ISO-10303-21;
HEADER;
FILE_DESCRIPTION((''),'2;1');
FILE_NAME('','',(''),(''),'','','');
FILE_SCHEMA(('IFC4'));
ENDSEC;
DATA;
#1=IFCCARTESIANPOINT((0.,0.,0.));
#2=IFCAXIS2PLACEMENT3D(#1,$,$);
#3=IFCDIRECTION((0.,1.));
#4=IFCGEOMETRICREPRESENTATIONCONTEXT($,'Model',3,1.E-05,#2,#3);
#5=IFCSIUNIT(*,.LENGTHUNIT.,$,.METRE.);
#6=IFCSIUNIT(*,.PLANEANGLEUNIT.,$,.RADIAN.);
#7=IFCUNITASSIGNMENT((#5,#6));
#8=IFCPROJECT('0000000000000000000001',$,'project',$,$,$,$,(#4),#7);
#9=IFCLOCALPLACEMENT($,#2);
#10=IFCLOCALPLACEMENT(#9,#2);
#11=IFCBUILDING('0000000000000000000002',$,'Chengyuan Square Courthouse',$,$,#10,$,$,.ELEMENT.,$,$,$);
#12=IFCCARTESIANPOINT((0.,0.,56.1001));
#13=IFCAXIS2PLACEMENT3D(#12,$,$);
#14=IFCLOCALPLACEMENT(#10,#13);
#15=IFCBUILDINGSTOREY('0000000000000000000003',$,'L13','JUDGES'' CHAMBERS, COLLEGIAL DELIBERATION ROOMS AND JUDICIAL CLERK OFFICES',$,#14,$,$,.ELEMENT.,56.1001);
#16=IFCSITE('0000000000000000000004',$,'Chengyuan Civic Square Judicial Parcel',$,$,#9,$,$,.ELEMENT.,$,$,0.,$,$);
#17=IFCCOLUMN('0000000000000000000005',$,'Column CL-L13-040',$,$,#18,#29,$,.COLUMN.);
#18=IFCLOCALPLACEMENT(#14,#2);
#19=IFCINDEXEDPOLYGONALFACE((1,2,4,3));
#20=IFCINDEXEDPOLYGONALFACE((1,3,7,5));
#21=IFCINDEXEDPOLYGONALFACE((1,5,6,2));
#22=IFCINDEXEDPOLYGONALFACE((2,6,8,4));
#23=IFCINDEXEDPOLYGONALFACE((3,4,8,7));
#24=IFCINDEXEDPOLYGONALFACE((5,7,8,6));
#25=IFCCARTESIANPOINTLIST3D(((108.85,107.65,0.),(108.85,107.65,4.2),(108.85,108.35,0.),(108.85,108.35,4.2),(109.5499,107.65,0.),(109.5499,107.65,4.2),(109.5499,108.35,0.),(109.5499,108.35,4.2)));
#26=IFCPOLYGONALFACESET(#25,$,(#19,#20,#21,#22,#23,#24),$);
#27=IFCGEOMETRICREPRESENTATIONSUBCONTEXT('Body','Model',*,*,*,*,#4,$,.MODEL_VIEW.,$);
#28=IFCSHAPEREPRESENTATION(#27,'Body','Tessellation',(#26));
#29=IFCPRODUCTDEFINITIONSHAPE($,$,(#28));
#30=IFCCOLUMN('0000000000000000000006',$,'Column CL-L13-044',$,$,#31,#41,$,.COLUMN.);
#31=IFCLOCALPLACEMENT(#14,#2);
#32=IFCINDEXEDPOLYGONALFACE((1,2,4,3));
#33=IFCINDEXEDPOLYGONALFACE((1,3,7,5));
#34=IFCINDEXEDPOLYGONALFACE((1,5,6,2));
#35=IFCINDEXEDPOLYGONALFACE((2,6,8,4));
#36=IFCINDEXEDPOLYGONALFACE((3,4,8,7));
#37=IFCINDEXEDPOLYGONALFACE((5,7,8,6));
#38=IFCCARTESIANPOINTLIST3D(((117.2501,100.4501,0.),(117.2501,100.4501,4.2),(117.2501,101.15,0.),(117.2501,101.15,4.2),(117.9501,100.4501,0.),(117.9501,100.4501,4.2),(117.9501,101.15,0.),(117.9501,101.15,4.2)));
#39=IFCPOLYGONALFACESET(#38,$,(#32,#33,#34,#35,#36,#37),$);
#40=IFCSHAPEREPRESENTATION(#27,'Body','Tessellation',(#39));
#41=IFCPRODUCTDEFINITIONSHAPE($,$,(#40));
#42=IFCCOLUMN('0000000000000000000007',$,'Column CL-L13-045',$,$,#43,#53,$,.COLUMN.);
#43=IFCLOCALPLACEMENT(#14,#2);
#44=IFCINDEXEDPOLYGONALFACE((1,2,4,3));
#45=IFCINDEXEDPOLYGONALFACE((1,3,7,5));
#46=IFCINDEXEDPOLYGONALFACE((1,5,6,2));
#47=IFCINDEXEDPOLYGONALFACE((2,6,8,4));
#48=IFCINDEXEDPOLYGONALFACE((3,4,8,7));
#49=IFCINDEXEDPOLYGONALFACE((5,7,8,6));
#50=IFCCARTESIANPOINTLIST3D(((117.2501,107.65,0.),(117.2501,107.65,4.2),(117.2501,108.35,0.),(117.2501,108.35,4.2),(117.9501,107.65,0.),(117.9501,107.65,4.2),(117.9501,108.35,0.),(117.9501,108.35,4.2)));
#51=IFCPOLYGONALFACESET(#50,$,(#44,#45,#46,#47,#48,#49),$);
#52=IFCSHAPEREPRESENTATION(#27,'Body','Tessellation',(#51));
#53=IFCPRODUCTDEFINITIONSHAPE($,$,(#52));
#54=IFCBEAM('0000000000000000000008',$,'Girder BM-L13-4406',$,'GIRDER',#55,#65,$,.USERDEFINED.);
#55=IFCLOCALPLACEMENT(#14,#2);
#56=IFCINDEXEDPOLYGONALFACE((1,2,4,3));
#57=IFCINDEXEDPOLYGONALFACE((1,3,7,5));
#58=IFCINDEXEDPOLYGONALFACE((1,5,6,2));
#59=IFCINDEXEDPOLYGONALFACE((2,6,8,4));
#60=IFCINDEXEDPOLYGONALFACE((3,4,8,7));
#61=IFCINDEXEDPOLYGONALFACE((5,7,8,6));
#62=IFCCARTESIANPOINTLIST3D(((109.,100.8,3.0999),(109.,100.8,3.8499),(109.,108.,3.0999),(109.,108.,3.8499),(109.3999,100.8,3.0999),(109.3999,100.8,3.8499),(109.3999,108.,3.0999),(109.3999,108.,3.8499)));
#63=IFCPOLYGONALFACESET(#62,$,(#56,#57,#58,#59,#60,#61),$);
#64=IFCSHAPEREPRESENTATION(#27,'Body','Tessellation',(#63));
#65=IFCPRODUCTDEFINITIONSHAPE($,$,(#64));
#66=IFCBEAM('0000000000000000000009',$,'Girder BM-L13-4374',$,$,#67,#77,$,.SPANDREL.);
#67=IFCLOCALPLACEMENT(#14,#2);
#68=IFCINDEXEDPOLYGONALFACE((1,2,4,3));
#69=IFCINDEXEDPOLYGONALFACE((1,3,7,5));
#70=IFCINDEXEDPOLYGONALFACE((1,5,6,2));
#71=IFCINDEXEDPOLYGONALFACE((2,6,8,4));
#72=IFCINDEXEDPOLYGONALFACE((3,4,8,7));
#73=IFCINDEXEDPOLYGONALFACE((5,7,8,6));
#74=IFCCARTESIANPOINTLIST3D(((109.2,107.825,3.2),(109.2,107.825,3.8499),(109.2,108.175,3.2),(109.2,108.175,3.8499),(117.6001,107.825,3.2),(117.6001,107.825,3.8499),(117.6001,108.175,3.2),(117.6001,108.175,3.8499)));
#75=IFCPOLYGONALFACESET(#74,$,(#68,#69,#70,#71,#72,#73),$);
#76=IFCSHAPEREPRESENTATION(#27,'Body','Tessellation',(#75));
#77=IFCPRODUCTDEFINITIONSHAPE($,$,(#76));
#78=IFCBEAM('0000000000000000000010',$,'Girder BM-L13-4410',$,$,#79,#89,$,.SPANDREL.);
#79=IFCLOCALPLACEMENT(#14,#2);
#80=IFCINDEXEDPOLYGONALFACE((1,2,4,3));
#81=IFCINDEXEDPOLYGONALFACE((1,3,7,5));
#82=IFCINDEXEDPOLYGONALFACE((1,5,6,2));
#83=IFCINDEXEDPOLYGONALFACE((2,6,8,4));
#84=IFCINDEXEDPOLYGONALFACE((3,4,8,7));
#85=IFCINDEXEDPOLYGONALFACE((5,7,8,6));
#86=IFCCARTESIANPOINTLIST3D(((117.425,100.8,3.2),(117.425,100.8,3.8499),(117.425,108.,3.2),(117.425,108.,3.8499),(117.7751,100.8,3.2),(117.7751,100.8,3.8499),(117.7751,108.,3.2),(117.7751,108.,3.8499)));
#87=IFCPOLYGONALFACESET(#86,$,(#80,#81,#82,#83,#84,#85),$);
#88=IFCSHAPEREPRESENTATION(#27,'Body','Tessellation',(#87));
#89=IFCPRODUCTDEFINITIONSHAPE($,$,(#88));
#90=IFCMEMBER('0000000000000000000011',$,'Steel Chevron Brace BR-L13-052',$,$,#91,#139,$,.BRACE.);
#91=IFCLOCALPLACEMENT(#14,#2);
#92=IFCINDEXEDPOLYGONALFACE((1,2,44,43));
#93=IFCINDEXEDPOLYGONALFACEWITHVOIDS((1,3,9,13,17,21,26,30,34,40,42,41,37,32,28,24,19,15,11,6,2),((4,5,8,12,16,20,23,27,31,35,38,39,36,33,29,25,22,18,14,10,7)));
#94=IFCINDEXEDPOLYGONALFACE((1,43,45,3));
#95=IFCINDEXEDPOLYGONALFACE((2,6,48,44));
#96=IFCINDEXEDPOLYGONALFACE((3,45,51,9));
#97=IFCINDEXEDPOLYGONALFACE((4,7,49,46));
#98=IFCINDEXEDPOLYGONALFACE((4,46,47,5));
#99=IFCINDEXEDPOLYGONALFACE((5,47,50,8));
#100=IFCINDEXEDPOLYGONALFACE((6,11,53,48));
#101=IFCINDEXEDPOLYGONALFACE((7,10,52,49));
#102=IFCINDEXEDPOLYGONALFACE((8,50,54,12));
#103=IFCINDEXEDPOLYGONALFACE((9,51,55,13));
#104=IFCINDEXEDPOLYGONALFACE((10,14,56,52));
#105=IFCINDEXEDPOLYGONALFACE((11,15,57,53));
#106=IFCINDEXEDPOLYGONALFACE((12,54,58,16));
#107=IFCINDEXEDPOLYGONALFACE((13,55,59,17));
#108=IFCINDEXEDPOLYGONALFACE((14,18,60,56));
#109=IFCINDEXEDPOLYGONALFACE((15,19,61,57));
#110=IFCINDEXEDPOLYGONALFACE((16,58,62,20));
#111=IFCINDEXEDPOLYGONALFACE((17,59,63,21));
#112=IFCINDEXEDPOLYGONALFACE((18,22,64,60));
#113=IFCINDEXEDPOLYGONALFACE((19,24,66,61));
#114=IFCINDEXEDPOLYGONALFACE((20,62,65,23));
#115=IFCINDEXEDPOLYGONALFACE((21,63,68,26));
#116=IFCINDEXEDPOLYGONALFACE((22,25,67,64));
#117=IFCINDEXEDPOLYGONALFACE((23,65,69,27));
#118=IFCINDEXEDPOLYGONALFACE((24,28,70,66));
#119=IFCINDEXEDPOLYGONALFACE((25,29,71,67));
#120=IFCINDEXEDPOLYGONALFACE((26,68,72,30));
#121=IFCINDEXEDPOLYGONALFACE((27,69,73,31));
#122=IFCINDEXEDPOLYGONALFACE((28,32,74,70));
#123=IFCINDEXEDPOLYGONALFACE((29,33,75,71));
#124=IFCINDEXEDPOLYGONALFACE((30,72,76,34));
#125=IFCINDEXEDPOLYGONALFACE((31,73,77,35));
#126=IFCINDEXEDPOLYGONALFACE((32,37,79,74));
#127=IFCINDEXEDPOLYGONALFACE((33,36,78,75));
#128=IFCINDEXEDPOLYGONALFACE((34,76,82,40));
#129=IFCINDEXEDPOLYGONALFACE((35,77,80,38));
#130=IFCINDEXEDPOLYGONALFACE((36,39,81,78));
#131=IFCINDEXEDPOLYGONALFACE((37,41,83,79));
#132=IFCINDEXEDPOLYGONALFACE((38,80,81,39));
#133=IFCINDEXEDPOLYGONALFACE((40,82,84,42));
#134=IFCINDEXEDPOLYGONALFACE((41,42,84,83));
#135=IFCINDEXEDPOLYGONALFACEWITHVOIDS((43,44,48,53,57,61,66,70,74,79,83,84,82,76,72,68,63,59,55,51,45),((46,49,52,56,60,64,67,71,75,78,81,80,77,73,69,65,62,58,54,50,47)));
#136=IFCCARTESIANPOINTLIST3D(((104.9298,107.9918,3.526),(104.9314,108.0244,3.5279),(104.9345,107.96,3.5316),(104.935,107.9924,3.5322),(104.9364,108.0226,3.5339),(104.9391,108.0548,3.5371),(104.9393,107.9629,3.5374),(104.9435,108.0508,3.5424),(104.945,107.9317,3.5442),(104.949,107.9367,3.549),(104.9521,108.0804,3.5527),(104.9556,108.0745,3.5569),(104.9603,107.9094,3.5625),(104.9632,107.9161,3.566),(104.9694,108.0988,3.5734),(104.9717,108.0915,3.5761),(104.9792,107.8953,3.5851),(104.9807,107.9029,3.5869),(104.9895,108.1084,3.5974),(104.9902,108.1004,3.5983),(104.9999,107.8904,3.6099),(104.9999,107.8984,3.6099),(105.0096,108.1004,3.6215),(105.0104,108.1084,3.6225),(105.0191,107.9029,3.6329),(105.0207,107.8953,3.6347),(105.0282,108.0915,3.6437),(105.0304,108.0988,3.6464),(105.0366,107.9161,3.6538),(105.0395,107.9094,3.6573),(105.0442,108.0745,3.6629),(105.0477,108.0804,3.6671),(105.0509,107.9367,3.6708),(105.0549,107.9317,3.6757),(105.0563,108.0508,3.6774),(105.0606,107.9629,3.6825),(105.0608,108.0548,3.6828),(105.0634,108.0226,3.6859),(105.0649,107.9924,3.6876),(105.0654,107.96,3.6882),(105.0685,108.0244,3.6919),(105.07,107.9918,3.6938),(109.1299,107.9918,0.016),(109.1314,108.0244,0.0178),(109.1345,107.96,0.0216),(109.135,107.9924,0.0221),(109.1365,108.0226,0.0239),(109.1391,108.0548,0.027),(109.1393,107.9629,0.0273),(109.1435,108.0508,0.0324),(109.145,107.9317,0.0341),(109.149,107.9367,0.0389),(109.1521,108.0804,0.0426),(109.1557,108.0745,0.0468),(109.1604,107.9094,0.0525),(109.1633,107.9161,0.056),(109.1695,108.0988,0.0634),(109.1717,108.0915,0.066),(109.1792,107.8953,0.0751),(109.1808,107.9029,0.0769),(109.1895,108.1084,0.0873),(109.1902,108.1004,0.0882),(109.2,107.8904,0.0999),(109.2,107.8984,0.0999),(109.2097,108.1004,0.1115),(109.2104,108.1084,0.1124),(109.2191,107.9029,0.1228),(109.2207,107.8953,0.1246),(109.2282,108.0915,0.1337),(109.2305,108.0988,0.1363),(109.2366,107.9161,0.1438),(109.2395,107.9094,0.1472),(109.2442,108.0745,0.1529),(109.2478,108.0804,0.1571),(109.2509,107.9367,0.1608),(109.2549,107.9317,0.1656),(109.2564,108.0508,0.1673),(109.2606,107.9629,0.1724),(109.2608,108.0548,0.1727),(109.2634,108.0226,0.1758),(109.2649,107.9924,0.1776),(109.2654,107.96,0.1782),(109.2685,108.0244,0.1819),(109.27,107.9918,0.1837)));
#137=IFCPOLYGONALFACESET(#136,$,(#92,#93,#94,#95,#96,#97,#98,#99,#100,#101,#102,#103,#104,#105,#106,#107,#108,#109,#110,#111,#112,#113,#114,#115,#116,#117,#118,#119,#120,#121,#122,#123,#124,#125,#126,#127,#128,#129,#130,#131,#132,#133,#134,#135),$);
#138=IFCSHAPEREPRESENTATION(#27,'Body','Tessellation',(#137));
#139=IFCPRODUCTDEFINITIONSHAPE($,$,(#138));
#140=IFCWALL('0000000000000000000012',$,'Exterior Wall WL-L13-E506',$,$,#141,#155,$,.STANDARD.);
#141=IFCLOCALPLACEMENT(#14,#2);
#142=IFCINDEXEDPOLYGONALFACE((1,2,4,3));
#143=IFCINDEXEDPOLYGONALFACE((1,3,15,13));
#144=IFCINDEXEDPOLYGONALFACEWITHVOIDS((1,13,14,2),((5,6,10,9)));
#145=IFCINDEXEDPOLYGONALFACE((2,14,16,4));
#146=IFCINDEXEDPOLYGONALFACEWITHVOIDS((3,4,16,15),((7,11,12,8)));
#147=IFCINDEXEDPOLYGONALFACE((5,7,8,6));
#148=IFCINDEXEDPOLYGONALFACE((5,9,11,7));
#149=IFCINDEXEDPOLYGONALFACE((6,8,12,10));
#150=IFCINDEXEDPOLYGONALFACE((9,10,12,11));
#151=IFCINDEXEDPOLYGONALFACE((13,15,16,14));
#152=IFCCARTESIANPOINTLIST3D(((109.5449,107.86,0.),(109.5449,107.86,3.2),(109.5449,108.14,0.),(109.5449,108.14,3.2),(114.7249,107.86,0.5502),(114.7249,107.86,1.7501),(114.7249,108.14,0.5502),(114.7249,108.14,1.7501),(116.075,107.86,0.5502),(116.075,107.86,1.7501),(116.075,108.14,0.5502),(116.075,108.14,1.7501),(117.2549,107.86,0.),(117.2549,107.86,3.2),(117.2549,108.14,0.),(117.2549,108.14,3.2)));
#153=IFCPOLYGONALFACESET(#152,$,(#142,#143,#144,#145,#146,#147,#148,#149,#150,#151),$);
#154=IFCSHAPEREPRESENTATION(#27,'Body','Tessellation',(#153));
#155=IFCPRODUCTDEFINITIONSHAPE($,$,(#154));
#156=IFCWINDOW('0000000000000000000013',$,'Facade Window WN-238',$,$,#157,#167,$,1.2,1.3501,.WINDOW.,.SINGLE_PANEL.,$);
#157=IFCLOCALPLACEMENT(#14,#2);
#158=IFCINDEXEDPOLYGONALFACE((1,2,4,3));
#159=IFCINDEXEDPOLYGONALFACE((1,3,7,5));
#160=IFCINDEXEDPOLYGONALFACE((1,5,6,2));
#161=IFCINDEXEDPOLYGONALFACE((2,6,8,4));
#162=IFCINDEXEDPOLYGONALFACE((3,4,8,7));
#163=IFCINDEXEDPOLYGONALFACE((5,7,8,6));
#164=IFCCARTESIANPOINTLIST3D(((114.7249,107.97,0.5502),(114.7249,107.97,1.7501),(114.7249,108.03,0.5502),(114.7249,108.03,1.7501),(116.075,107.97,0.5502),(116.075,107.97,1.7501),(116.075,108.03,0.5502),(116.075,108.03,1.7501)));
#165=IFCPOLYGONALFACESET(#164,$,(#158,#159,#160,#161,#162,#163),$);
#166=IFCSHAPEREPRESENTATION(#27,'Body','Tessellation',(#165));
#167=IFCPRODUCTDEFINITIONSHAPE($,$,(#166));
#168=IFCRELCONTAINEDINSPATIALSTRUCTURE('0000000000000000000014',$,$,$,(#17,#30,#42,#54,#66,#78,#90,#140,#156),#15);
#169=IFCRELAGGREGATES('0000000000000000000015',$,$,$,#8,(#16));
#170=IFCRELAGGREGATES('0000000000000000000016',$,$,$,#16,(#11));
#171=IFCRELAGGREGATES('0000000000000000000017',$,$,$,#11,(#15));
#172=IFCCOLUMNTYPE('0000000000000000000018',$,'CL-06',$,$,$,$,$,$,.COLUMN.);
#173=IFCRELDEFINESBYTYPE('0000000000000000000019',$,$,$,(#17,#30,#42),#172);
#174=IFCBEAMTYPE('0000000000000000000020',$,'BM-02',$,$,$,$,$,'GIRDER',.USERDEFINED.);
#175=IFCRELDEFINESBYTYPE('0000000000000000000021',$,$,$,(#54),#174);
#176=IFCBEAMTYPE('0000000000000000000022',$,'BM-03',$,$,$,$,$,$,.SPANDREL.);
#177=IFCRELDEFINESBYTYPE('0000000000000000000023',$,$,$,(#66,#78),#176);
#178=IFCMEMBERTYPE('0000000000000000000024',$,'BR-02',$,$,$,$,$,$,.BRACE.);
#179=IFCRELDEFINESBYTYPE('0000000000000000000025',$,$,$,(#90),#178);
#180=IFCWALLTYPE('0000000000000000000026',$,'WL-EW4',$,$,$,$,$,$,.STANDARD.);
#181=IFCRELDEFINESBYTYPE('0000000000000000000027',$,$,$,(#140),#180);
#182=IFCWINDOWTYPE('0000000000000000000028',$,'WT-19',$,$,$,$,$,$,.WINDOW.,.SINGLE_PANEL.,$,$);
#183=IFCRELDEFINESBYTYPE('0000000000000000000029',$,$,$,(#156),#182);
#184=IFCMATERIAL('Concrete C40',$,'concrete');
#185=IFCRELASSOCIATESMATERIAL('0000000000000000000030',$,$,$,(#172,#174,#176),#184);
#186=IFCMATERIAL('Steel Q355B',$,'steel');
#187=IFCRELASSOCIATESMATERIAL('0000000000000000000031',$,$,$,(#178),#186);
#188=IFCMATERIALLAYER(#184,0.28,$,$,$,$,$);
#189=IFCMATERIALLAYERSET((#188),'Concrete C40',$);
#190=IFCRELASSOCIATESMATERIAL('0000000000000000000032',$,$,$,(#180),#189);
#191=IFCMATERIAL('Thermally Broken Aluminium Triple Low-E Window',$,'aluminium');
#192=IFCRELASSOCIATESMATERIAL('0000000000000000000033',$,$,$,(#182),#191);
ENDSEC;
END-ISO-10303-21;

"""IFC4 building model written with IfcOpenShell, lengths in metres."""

from ifc_helpers import new_model, si_unit, direction, frame, frame_2d, origin, origin_2d, place, context, subcontext, project, spatial, rectangle, hollow_circle, extrude, material, layer, layer_set, material_profile, profile_set, type_object, element, fill, save


model = new_model("IFC4")

# Units and contexts
model_context = context("Model", 3, precision=1e-05, world=origin(), true_north=direction((0.0, 1.0)))
body_context = subcontext(model_context, "Body", "Model", "MODEL_VIEW")
ifc_project = project(units=[si_unit("LENGTHUNIT", "METRE"), si_unit("PLANEANGLEUNIT", "RADIAN")], contexts=[model_context])

# Site, building, storey
site_placement = place(None, origin())
site = spatial("IfcSite", under=ifc_project, at=site_placement, Name="Chengyuan Civic Square Judicial Parcel", CompositionType="ELEMENT", RefElevation=0.0)
building_placement = place(site_placement, origin())
building = spatial("IfcBuilding", under=site, at=building_placement, Name="Chengyuan Square Courthouse", CompositionType="ELEMENT")
storey_placement = place(building_placement, frame((0.0, 0.0, 56.1001)))
storey = spatial("IfcBuildingStorey", under=building, at=storey_placement, Name="L13", Description="JUDGES' CHAMBERS, COLLEGIAL DELIBERATION ROOMS AND JUDICIAL CLERK OFFICES", CompositionType="ELEMENT", Elevation=56.1001)

# Columns
ifc_material_1 = material(Name="Concrete C40", Category="concrete")
ifc_material_profile_1 = material_profile(ifc_material_1, rectangle(XDim=0.7, YDim=0.7, at=origin_2d()), Name="RC-COL-700x700")
ifc_profile_set_1 = profile_set([ifc_material_profile_1], Name="Concrete C40")
column_type = type_object("IfcColumnType", Name="CL-06", PredefinedType="COLUMN", material=ifc_profile_set_1)
for number, where, z_axis, x_axis, name in (
    (1, (109.2, 108.0, 0.0), (0.0, 0.0, 1.0), (1.0, 0.0, 0.0), "Column CL-L13-040"),
    (2, (117.6001, 100.8, 0.0), (0.0, 0.0, 1.0), (1.0, 0.0, 0.0), "Column CL-L13-044"),
    (3, (117.6001, 108.0, 0.0), (0.0, 0.0, 1.0), (1.0, 0.0, 0.0), "Column CL-L13-045"),
):
    element("IfcColumn", number, at=place(storey_placement, frame(where, z_axis=z_axis, x_axis=x_axis)), inside=storey, type_object=column_type, Name=name, PredefinedType="COLUMN", context=body_context, shape_type="SweptSolid", body=[
        extrude(rectangle(XDim=0.7, YDim=0.7, at=origin_2d()), origin(), (0.0, 0.0, 1.0), 4.2),
    ])

# Beams
ifc_material_profile_2 = material_profile(ifc_material_1, rectangle(XDim=0.3999, YDim=0.75, at=origin_2d()), Name="RC-BM-400x750")
ifc_profile_set_2 = profile_set([ifc_material_profile_2], Name="Concrete C40")
beam_type_1 = type_object("IfcBeamType", Name="BM-02", ElementType="GIRDER", PredefinedType="USERDEFINED", material=ifc_profile_set_2)
beam_1_placement = place(storey_placement, frame((109.2, 100.8, 3.4749), z_axis=(0.0, 1.0, 0.0), x_axis=(-1.0, 0.0, 0.0)))
element("IfcBeam", 4, at=beam_1_placement, inside=storey, type_object=beam_type_1, Name="Girder BM-L13-4406", ObjectType="GIRDER", PredefinedType="USERDEFINED", context=body_context, shape_type="SweptSolid", body=[
    extrude(rectangle(XDim=0.3999, YDim=0.75, at=origin_2d()), origin(), (0.0, 0.0, 1.0), 7.2),
])
ifc_material_profile_3 = material_profile(ifc_material_1, rectangle(XDim=0.3501, YDim=0.6499, at=origin_2d()), Name="RC-BM-350x650")
ifc_profile_set_3 = profile_set([ifc_material_profile_3], Name="Concrete C40")
beam_type_2 = type_object("IfcBeamType", Name="BM-03", PredefinedType="SPANDREL", material=ifc_profile_set_3)
beam_2_placement = place(storey_placement, frame((109.2, 108.0, 3.5249), z_axis=(1.0, 0.0, 0.0), x_axis=(0.0, 1.0, 0.0)))
element("IfcBeam", 5, at=beam_2_placement, inside=storey, type_object=beam_type_2, Name="Girder BM-L13-4374", PredefinedType="SPANDREL", context=body_context, shape_type="SweptSolid", body=[
    extrude(rectangle(XDim=0.3501, YDim=0.6499, at=origin_2d()), origin(), (0.0, 0.0, 1.0), 8.4001),
])
beam_3_placement = place(storey_placement, frame((117.6001, 100.8, 3.5249), z_axis=(0.0, 1.0, 0.0), x_axis=(-1.0, 0.0, 0.0)))
element("IfcBeam", 6, at=beam_3_placement, inside=storey, type_object=beam_type_2, Name="Girder BM-L13-4410", PredefinedType="SPANDREL", context=body_context, shape_type="SweptSolid", body=[
    extrude(rectangle(XDim=0.3501, YDim=0.6499, at=origin_2d()), origin(), (0.0, 0.0, 1.0), 7.2),
])

# Member
ifc_material_2 = material(Name="Steel Q355B", Category="steel")
ifc_material_profile_4 = material_profile(ifc_material_2, hollow_circle(Radius=0.1096, WallThickness=0.0081, at=origin_2d()), Name="CHS 219x8")
ifc_profile_set_4 = profile_set([ifc_material_profile_4], Name="Steel Q355B")
member_type = type_object("IfcMemberType", Name="BR-02", PredefinedType="BRACE", material=ifc_profile_set_4)
member_placement = place(storey_placement, frame((109.2, 108.0, 0.0999), z_axis=(-0.767317, 0.0, 0.641267), x_axis=(0.0, -1.0, 0.0)))
element("IfcMember", 7, at=member_placement, inside=storey, type_object=member_type, Name="Steel Chevron Brace BR-L13-052", PredefinedType="BRACE", context=body_context, shape_type="SweptSolid", body=[
    extrude(hollow_circle(Radius=0.1096, WallThickness=0.0081, at=origin_2d()), origin(), (0.0, 0.0, 1.0), 5.4736),
])

# Wall, opening, window
ifc_layer_1 = layer(ifc_material_1, 0.28)
ifc_layer_set_1 = layer_set([ifc_layer_1], Name="Concrete C40")
wall_type_1 = type_object("IfcWallType", Name="WL-EW4", PredefinedType="STANDARD", material=ifc_layer_set_1)
wall_1_placement = place(storey_placement, frame((109.5449, 108.0, 0.0), z_axis=(0.0, 0.0, 1.0), x_axis=(1.0, 0.0, 0.0)))
wall_1 = element("IfcWall", 8, at=wall_1_placement, inside=storey, type_object=wall_type_1, Name="Exterior Wall WL-L13-E506", PredefinedType="STANDARD", context=body_context, shape_type="SweptSolid", body=[
    extrude(rectangle(XDim=7.71, YDim=0.28, at=frame_2d((3.855, 0.0))), origin(), (0.0, 0.0, 1.0), 3.2),
])
opening_1_placement = place(wall_1_placement, frame((5.1799, 0.0, 0.55)))
opening_1 = element("IfcOpeningElement", 9, at=opening_1_placement, cuts=wall_1, PredefinedType="OPENING", context=body_context, shape_type="SweptSolid", body=[
    extrude(rectangle(XDim=1.3501, YDim=1.2, at=frame_2d((0.675, 0.6001))), frame((0.0, 0.1521, 0.0), z_axis=(0.0, -1.0, 0.0), x_axis=(1.0, 0.0, 0.0)), (0.0, 0.0, 1.0), 0.304),
])
ifc_material_3 = material(Name="Thermally Broken Aluminium Triple Low-E Window", Category="aluminium")
window_type_1 = type_object("IfcWindowType", Name="WT-19", PartitioningType="SINGLE_PANEL", PredefinedType="WINDOW", material=ifc_material_3)
window_1_placement = place(opening_1_placement, origin())
window_1 = element("IfcWindow", 10, at=window_1_placement, inside=storey, type_object=window_type_1, Name="Facade Window WN-238", OverallHeight=1.2, OverallWidth=1.3501, PartitioningType="SINGLE_PANEL", PredefinedType="WINDOW", context=body_context, shape_type="SweptSolid", body=[
    extrude(rectangle(XDim=1.3501, YDim=1.2, at=frame_2d((0.675, 0.6001))), frame((0.0, 0.03, 0.0), z_axis=(0.0, -1.0, 0.0), x_axis=(1.0, 0.0, 0.0)), (0.0, 0.0, 1.0), 0.0601),
])
fill(opening_1, window_1)

save(model, "model.ifc")
